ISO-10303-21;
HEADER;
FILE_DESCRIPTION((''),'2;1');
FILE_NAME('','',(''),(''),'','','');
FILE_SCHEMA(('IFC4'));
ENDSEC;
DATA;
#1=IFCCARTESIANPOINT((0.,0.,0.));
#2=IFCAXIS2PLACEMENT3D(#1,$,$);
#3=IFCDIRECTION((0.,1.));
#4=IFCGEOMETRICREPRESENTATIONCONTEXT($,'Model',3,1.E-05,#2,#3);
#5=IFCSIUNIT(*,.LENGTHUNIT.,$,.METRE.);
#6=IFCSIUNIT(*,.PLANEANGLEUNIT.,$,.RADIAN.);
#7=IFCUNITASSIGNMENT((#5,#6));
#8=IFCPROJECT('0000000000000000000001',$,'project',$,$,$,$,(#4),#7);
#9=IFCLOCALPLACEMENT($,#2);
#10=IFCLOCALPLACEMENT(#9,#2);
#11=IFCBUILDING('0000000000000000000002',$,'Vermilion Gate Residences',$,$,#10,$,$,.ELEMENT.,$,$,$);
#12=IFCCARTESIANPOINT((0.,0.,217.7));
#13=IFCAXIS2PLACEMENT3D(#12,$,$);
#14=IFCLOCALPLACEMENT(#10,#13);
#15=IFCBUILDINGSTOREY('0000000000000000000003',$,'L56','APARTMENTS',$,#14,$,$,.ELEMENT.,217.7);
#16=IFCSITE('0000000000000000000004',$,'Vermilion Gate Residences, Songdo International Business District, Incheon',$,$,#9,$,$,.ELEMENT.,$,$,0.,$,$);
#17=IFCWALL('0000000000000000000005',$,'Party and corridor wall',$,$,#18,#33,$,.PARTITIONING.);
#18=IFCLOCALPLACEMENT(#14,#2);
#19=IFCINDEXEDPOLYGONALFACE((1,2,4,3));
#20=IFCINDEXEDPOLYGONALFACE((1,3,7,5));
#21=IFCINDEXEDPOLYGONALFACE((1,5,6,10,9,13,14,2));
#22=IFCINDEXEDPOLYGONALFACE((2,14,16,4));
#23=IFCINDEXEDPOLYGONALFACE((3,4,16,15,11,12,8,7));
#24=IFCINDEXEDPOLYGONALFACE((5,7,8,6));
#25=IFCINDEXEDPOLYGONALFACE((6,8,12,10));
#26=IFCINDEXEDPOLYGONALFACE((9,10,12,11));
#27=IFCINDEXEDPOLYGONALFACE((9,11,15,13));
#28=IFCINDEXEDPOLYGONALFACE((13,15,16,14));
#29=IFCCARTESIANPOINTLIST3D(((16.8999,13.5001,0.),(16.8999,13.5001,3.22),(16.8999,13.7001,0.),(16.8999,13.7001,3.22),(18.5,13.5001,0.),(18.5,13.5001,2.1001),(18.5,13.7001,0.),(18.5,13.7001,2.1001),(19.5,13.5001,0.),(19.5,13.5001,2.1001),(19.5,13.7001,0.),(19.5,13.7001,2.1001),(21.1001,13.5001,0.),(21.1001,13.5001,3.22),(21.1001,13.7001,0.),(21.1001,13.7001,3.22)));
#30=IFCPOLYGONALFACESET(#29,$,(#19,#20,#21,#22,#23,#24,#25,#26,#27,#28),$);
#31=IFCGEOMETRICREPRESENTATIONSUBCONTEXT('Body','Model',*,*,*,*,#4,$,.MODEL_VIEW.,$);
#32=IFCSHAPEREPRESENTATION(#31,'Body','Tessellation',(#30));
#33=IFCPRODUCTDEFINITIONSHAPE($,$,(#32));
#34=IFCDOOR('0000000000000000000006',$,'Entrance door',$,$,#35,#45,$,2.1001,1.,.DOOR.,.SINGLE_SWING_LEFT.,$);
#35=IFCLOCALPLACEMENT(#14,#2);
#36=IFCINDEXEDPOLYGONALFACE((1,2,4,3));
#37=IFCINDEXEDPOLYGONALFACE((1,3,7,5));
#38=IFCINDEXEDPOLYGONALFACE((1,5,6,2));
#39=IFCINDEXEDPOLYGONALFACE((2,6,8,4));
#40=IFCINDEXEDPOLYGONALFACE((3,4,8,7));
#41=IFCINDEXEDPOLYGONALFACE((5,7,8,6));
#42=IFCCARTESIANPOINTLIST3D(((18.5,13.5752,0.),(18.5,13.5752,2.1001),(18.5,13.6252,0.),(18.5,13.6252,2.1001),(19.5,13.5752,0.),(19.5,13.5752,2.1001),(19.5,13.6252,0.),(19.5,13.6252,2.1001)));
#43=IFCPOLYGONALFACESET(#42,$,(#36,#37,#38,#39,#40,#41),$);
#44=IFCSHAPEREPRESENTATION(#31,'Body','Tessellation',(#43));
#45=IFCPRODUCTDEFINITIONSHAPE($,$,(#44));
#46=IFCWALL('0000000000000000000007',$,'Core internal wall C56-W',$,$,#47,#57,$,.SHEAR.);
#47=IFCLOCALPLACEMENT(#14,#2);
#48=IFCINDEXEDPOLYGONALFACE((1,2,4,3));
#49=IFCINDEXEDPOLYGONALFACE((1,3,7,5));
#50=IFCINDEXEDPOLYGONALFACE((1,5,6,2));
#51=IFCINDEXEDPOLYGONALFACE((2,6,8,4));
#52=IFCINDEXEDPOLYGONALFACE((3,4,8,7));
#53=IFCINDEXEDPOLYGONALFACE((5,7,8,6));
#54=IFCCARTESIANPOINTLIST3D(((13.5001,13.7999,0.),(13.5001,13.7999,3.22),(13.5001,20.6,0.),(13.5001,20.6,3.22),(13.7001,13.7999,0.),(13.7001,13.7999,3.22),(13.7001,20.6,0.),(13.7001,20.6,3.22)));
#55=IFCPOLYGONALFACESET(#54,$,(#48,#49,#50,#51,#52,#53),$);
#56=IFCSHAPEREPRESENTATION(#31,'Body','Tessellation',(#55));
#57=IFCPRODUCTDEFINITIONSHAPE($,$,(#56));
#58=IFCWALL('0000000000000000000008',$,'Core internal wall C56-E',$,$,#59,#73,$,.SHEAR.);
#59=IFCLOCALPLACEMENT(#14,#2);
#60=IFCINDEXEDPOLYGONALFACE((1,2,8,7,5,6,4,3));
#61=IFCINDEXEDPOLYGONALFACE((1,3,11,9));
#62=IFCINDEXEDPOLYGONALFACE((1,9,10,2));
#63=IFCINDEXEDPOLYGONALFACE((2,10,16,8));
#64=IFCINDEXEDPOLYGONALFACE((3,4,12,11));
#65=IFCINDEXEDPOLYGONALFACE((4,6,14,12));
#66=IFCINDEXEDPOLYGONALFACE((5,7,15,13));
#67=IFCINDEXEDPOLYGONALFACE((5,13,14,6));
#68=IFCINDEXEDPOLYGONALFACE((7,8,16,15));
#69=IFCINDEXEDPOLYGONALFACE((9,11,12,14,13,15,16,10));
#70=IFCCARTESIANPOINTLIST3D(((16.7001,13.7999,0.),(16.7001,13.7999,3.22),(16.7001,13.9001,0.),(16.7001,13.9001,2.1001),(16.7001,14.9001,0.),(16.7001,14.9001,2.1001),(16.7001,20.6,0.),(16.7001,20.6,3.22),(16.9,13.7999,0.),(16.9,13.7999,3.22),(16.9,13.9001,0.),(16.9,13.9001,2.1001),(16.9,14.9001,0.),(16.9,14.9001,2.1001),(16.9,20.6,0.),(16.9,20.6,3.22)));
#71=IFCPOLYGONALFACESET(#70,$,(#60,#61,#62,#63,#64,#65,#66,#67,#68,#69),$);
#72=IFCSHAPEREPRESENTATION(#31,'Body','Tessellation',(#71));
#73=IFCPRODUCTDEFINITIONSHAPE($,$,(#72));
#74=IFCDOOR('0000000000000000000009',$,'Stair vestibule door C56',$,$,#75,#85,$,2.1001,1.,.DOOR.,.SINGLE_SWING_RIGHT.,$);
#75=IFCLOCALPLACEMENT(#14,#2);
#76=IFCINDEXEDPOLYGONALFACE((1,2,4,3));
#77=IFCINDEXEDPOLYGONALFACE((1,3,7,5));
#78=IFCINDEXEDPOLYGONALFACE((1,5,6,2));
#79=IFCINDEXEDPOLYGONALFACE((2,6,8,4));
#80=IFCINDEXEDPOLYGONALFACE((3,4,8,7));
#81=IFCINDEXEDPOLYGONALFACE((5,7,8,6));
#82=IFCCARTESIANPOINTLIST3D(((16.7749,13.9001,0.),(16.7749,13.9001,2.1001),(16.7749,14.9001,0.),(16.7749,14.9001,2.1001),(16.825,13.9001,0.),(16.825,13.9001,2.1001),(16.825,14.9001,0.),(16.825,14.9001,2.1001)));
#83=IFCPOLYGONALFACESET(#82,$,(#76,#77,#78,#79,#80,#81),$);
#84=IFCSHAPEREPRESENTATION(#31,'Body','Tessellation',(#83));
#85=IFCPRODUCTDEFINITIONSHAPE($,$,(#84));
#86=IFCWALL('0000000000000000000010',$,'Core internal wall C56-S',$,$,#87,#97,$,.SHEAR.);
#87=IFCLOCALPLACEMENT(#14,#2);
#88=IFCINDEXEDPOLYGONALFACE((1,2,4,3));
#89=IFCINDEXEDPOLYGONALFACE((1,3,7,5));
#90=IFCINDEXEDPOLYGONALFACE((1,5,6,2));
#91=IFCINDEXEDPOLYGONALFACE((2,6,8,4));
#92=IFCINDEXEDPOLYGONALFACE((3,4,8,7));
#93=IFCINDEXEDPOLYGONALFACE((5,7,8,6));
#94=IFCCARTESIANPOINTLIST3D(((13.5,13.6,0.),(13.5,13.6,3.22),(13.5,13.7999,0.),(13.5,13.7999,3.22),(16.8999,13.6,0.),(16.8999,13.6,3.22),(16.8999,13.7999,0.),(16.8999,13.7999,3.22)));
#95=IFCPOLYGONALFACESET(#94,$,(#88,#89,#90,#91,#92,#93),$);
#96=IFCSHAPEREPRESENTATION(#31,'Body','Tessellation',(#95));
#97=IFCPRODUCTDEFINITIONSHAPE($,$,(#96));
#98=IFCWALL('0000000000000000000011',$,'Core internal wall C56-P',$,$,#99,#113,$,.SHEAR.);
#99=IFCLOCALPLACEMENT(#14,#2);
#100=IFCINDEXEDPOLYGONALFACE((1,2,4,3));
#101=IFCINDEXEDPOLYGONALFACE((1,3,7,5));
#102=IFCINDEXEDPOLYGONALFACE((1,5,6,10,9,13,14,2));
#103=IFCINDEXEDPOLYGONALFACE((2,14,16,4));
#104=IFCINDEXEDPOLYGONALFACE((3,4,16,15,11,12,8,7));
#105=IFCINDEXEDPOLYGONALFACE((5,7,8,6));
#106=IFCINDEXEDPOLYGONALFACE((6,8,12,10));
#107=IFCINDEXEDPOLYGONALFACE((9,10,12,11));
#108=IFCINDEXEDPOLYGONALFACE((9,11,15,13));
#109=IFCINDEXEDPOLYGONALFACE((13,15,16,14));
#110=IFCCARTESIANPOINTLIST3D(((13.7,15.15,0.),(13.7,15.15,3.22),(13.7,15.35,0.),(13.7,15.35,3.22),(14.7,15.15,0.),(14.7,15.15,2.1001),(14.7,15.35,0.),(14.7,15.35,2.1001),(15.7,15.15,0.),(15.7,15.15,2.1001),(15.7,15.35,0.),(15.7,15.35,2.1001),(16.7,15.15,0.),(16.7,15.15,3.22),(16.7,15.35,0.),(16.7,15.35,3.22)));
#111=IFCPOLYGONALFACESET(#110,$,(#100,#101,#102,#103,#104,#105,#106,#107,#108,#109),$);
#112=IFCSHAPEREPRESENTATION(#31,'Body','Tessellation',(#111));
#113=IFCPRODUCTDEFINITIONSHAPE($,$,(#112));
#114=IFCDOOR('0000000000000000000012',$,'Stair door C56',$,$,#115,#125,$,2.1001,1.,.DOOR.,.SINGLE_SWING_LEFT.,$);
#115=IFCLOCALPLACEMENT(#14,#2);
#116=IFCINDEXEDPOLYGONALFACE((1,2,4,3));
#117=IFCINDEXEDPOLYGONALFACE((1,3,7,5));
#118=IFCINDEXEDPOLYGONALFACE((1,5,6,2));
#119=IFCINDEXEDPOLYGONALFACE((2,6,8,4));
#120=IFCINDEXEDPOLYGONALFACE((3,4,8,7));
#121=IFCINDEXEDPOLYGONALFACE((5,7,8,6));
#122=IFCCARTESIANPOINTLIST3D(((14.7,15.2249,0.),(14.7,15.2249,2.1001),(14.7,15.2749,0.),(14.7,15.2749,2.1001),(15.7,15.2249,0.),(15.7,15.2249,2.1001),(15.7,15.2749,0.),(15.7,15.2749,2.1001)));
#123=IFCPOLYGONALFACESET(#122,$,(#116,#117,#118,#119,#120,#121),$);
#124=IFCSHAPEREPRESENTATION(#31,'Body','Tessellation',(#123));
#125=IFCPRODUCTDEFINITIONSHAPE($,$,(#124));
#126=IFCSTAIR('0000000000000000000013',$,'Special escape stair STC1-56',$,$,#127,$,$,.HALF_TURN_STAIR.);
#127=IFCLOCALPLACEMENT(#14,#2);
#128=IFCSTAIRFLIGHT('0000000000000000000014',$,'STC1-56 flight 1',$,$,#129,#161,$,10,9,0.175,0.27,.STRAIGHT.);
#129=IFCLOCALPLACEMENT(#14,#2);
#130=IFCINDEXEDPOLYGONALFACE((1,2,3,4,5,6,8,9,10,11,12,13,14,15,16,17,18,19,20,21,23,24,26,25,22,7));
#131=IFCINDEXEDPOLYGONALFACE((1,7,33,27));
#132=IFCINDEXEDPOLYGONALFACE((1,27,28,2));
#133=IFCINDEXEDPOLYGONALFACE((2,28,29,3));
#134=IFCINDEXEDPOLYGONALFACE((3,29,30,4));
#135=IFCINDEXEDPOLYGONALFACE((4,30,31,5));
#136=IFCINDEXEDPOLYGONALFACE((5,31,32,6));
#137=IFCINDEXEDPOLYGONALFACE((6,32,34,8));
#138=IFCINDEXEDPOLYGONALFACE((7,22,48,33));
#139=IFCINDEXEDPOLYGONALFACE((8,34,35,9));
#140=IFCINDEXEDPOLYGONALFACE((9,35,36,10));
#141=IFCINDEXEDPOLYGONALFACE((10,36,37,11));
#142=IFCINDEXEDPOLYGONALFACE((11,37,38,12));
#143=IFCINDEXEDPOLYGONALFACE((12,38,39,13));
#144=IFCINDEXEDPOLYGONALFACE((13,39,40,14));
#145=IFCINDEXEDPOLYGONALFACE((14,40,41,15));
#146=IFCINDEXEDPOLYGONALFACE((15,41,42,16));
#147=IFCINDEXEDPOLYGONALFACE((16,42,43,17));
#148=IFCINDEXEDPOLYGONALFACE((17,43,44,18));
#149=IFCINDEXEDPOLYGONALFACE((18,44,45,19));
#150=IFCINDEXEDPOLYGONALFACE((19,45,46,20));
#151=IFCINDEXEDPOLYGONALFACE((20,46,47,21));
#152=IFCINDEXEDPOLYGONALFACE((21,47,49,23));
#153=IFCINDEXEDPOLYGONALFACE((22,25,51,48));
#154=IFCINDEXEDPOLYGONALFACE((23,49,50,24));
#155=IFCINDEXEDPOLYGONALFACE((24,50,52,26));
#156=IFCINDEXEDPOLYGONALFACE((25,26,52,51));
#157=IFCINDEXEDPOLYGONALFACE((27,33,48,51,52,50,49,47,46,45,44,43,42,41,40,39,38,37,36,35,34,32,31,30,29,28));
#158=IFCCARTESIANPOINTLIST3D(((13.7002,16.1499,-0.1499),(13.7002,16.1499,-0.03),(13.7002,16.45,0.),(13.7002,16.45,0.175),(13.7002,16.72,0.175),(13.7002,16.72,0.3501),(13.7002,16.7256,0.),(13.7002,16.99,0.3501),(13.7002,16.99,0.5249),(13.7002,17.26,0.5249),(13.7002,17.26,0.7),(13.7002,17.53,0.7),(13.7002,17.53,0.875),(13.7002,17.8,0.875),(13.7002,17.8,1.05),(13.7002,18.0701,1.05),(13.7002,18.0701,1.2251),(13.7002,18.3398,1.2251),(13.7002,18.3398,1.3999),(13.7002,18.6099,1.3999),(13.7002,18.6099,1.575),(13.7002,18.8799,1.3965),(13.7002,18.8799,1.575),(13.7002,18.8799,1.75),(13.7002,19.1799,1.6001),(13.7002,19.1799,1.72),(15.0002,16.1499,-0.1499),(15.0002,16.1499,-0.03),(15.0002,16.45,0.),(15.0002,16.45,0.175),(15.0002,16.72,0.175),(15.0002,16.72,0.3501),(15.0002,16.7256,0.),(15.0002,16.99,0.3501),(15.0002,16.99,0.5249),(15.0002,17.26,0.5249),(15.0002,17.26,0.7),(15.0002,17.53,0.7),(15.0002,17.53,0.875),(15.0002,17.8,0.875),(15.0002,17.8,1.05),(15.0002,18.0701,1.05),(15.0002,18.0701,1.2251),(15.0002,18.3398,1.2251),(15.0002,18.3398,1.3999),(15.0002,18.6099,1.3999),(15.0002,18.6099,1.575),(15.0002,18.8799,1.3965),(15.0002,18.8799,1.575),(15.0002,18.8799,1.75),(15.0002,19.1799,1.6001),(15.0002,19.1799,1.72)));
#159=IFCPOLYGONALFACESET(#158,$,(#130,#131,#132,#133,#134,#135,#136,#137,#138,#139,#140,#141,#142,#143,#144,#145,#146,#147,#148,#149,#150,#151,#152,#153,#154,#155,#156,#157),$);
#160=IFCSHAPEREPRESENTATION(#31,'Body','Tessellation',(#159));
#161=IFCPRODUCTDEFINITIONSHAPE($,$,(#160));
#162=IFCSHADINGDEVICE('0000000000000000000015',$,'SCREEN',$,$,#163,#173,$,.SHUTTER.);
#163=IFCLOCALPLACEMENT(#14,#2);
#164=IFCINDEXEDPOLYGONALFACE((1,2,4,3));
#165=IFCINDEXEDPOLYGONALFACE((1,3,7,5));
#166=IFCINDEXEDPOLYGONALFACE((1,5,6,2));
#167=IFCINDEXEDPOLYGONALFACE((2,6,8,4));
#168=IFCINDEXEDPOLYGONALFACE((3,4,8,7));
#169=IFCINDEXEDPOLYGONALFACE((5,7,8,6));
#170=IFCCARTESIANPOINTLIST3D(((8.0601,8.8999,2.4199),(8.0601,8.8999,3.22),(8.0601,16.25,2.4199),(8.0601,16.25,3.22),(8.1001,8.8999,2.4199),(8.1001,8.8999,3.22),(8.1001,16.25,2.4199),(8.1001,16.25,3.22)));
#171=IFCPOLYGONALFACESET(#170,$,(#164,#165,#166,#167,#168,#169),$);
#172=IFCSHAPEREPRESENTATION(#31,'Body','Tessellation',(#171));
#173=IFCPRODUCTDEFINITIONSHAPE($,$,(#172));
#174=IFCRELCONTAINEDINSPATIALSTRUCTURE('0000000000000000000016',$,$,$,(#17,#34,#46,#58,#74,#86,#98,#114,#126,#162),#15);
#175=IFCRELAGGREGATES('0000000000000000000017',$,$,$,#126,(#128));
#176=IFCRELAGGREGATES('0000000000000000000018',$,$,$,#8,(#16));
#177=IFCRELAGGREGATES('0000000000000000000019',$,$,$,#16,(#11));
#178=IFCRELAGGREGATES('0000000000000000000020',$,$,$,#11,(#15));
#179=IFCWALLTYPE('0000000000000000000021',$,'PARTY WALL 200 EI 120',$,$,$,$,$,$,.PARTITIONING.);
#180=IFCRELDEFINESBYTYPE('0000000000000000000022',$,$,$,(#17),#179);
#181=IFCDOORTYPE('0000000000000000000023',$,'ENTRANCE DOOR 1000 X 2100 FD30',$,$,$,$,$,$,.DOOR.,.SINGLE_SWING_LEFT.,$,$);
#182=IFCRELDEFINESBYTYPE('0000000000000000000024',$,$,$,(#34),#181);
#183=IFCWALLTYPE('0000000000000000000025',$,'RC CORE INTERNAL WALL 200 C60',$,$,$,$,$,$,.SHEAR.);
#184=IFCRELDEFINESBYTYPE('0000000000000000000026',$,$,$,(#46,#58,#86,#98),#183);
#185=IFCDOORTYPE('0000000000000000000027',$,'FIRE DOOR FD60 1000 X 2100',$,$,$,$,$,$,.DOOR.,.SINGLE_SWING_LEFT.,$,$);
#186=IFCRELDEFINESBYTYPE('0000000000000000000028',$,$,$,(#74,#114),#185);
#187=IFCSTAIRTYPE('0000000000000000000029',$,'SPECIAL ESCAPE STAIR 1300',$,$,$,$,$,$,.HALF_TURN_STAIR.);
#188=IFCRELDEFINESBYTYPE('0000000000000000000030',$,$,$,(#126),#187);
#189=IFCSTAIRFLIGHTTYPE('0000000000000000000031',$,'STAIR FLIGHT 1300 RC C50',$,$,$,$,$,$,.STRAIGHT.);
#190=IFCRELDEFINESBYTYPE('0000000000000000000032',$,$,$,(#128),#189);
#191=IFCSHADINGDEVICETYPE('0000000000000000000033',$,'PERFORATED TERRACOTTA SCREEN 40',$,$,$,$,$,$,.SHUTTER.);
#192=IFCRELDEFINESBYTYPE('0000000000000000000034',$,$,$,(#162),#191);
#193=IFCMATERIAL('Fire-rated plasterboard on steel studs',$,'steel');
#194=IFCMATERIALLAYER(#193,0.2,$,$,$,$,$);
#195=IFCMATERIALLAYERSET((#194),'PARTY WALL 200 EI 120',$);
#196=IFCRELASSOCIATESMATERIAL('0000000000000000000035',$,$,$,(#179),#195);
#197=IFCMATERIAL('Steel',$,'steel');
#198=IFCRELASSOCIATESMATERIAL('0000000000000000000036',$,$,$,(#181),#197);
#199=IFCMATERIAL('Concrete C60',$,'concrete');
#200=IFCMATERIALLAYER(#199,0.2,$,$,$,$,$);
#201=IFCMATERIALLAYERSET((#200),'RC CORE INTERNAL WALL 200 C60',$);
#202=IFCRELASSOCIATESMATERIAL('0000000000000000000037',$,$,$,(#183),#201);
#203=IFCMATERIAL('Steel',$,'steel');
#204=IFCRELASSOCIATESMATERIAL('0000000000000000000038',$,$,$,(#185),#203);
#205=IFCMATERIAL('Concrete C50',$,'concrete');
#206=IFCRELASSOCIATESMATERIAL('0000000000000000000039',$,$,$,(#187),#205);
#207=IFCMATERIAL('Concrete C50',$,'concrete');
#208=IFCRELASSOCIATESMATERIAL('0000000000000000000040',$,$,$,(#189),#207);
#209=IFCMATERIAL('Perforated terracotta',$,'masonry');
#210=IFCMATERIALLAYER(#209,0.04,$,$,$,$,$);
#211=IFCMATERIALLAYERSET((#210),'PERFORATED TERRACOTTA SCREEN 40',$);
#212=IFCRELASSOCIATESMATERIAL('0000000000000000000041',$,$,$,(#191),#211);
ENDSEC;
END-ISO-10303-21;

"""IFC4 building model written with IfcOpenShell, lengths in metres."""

from ifc_helpers import new_model, si_unit, direction, frame, frame_2d, origin, origin_2d, place, context, subcontext, project, spatial, polyline, rectangle, outline, extrude, material, layer, layer_set, type_object, element, fill, aggregate, save


model = new_model("IFC4")

# Units and contexts
model_context = context("Model", 3, precision=1e-05, world=origin(), true_north=direction((0.0, 1.0)))
body_context = subcontext(model_context, "Body", "Model", "MODEL_VIEW")
ifc_project = project(units=[si_unit("LENGTHUNIT", "METRE"), si_unit("PLANEANGLEUNIT", "RADIAN")], contexts=[model_context])

# Site, building, storey
site_placement = place(None, origin())
site = spatial("IfcSite", under=ifc_project, at=site_placement, Name="Vermilion Gate Residences, Songdo International Business District, Incheon", CompositionType="ELEMENT", RefElevation=0.0)
building_placement = place(site_placement, origin())
building = spatial("IfcBuilding", under=site, at=building_placement, Name="Vermilion Gate Residences", CompositionType="ELEMENT")
storey_placement = place(building_placement, frame((0.0, 0.0, 217.7)))
storey = spatial("IfcBuildingStorey", under=building, at=storey_placement, Name="L56", Description="APARTMENTS", CompositionType="ELEMENT", Elevation=217.7)

# Wall, opening, door
ifc_material_1 = material(Name="Fire-rated plasterboard on steel studs", Category="steel")
ifc_layer_1 = layer(ifc_material_1, 0.2)
ifc_layer_set_1 = layer_set([ifc_layer_1], Name="PARTY WALL 200 EI 120")
wall_type_1 = type_object("IfcWallType", Name="PARTY WALL 200 EI 120", PredefinedType="PARTITIONING", material=ifc_layer_set_1)
wall_1_placement = place(storey_placement, frame((16.8999, 13.6001, 0.0), z_axis=(0.0, 0.0, 1.0), x_axis=(1.0, 0.0, 0.0)))
wall_1 = element("IfcWall", 1, at=wall_1_placement, inside=storey, type_object=wall_type_1, Name="Party and corridor wall", PredefinedType="PARTITIONING", context=body_context, shape_type="SweptSolid", body=[
    extrude(rectangle(XDim=4.2002, YDim=0.2, at=frame_2d((2.1001, 0.0))), origin(), (0.0, 0.0, 1.0), 3.22),
])
opening_1_placement = place(wall_1_placement, frame((1.6001, 0.0, 0.0)))
opening_1 = element("IfcOpeningElement", 2, at=opening_1_placement, cuts=wall_1, PredefinedType="OPENING", context=body_context, shape_type="SweptSolid", body=[
    extrude(rectangle(XDim=1.0, YDim=2.1001, at=frame_2d((0.5, 1.05))), frame((0.0, 0.1099, 0.0), z_axis=(0.0, -1.0, 0.0), x_axis=(1.0, 0.0, 0.0)), (0.0, 0.0, 1.0), 0.22),
])
ifc_material_2 = material(Name="Steel", Category="steel")
door_type_1 = type_object("IfcDoorType", Name="ENTRANCE DOOR 1000 X 2100 FD30", OperationType="SINGLE_SWING_LEFT", PredefinedType="DOOR", material=ifc_material_2)
door_1_placement = place(opening_1_placement, frame((1.0, 0.0, 0.0), z_axis=(0.0, 0.0, 1.0), x_axis=(-1.0, 0.0, 0.0)))
door_1 = element("IfcDoor", 3, at=door_1_placement, inside=storey, type_object=door_type_1, Name="Entrance door", OperationType="SINGLE_SWING_LEFT", OverallHeight=2.1001, OverallWidth=1.0, PredefinedType="DOOR", context=body_context, shape_type="SweptSolid", body=[
    extrude(rectangle(XDim=1.0, YDim=2.1001, at=frame_2d((0.5, 1.05))), frame((0.0, 0.0249, 0.0), z_axis=(0.0, -1.0, 0.0), x_axis=(1.0, 0.0, 0.0)), (0.0, 0.0, 1.0), 0.05),
])
fill(opening_1, door_1)

# Wall
ifc_material_3 = material(Name="Concrete C60", Category="concrete")
ifc_layer_2 = layer(ifc_material_3, 0.2)
ifc_layer_set_2 = layer_set([ifc_layer_2], Name="RC CORE INTERNAL WALL 200 C60")
wall_type_2 = type_object("IfcWallType", Name="RC CORE INTERNAL WALL 200 C60", PredefinedType="SHEAR", material=ifc_layer_set_2)
wall_2_placement = place(storey_placement, frame((13.6001, 13.8, 0.0), z_axis=(0.0, 0.0, 1.0), x_axis=(0.0, 1.0, 0.0)))
element("IfcWall", 4, at=wall_2_placement, inside=storey, type_object=wall_type_2, Name="Core internal wall C56-W", PredefinedType="SHEAR", context=body_context, shape_type="SweptSolid", body=[
    extrude(rectangle(XDim=6.8, YDim=0.2, at=frame_2d((3.3999, 0.0))), origin(), (0.0, 0.0, 1.0), 3.22),
])

# Wall, opening, door
wall_3_placement = place(storey_placement, frame((16.8, 13.8, 0.0), z_axis=(0.0, 0.0, 1.0), x_axis=(0.0, 1.0, 0.0)))
wall_3 = element("IfcWall", 5, at=wall_3_placement, inside=storey, type_object=wall_type_2, Name="Core internal wall C56-E", PredefinedType="SHEAR", context=body_context, shape_type="SweptSolid", body=[
    extrude(rectangle(XDim=6.8, YDim=0.2, at=frame_2d((3.3999, 0.0))), origin(), (0.0, 0.0, 1.0), 3.22),
])
opening_2_placement = place(wall_3_placement, frame((0.1001, 0.0, 0.0)))
opening_2 = element("IfcOpeningElement", 6, at=opening_2_placement, cuts=wall_3, PredefinedType="OPENING", context=body_context, shape_type="SweptSolid", body=[
    extrude(rectangle(XDim=1.0, YDim=2.1001, at=frame_2d((0.5, 1.05))), frame((0.0, 0.1099, 0.0), z_axis=(0.0, -1.0, 0.0), x_axis=(1.0, 0.0, 0.0)), (0.0, 0.0, 1.0), 0.22),
])
ifc_material_4 = material(Name="Steel", Category="steel")
door_type_2 = type_object("IfcDoorType", Name="FIRE DOOR FD60 1000 X 2100", OperationType="SINGLE_SWING_LEFT", PredefinedType="DOOR", material=ifc_material_4)
door_2_placement = place(opening_2_placement, frame((1.0, 0.0, 0.0), z_axis=(0.0, 0.0, 1.0), x_axis=(-1.0, 0.0, 0.0)))
door_2 = element("IfcDoor", 7, at=door_2_placement, inside=storey, type_object=door_type_2, Name="Stair vestibule door C56", OperationType="SINGLE_SWING_RIGHT", OverallHeight=2.1001, OverallWidth=1.0, PredefinedType="DOOR", context=body_context, shape_type="SweptSolid", body=[
    extrude(rectangle(XDim=1.0, YDim=2.1001, at=frame_2d((0.5, 1.05))), frame((0.0, 0.0249, 0.0), z_axis=(0.0, -1.0, 0.0), x_axis=(1.0, 0.0, 0.0)), (0.0, 0.0, 1.0), 0.05),
])
fill(opening_2, door_2)

# Wall
wall_4_placement = place(storey_placement, frame((13.5, 13.7, 0.0), z_axis=(0.0, 0.0, 1.0), x_axis=(1.0, 0.0, 0.0)))
element("IfcWall", 8, at=wall_4_placement, inside=storey, type_object=wall_type_2, Name="Core internal wall C56-S", PredefinedType="SHEAR", context=body_context, shape_type="SweptSolid", body=[
    extrude(rectangle(XDim=3.3999, YDim=0.2, at=frame_2d((1.7, 0.0))), origin(), (0.0, 0.0, 1.0), 3.22),
])

# Wall, opening, door
wall_5_placement = place(storey_placement, frame((13.7, 15.25, 0.0), z_axis=(0.0, 0.0, 1.0), x_axis=(1.0, 0.0, 0.0)))
wall_5 = element("IfcWall", 9, at=wall_5_placement, inside=storey, type_object=wall_type_2, Name="Core internal wall C56-P", PredefinedType="SHEAR", context=body_context, shape_type="SweptSolid", body=[
    extrude(rectangle(XDim=3.0, YDim=0.2, at=frame_2d((1.5, 0.0))), origin(), (0.0, 0.0, 1.0), 3.22),
])
opening_3_placement = place(wall_5_placement, frame((1.0, 0.0, 0.0)))
opening_3 = element("IfcOpeningElement", 10, at=opening_3_placement, cuts=wall_5, PredefinedType="OPENING", context=body_context, shape_type="SweptSolid", body=[
    extrude(rectangle(XDim=1.0, YDim=2.1001, at=frame_2d((0.5, 1.05))), frame((0.0, 0.1099, 0.0), z_axis=(0.0, -1.0, 0.0), x_axis=(1.0, 0.0, 0.0)), (0.0, 0.0, 1.0), 0.22),
])
door_3_placement = place(opening_3_placement, origin())
door_3 = element("IfcDoor", 11, at=door_3_placement, inside=storey, type_object=door_type_2, Name="Stair door C56", OperationType="SINGLE_SWING_LEFT", OverallHeight=2.1001, OverallWidth=1.0, PredefinedType="DOOR", context=body_context, shape_type="SweptSolid", body=[
    extrude(rectangle(XDim=1.0, YDim=2.1001, at=frame_2d((0.5, 1.05))), frame((0.0, 0.0249, 0.0), z_axis=(0.0, -1.0, 0.0), x_axis=(1.0, 0.0, 0.0)), (0.0, 0.0, 1.0), 0.05),
])
fill(opening_3, door_3)

# Stair, stair flight
ifc_material_5 = material(Name="Concrete C50", Category="concrete")
stair_type = type_object("IfcStairType", Name="SPECIAL ESCAPE STAIR 1300", PredefinedType="HALF_TURN_STAIR", material=ifc_material_5)
stair_placement = place(storey_placement, origin())
stair = element("IfcStair", 12, at=stair_placement, inside=storey, type_object=stair_type, Name="Special escape stair STC1-56", PredefinedType="HALF_TURN_STAIR")
ifc_material_6 = material(Name="Concrete C50", Category="concrete")
stair_flight_type = type_object("IfcStairFlightType", Name="STAIR FLIGHT 1300 RC C50", PredefinedType="STRAIGHT", material=ifc_material_6)
stair_flight_placement = place(storey_placement, frame((14.3501, 16.45, 0.0), z_axis=(0.0, 0.0, 1.0), x_axis=(0.0, 1.0, 0.0)))
stair_flight = element("IfcStairFlight", 13, at=stair_flight_placement, type_object=stair_flight_type, Name="STC1-56 flight 1", NumberOfRisers=10, NumberOfTreads=9, PredefinedType="STRAIGHT", RiserHeight=0.175, TreadLength=0.27, context=body_context, shape_type="SweptSolid", body=[
    extrude(outline(polyline([(-0.3, -0.1499), (-0.3, -0.03), (0.0, 0.0), (0.0, 0.175), (0.27, 0.175), (0.27, 0.3501), (0.54, 0.3501), (0.54, 0.5249), (0.8101, 0.5249), (0.8101, 0.7), (1.0801, 0.7), (1.0801, 0.875), (1.3501, 0.875), (1.3501, 1.05), (1.6201, 1.05), (1.6201, 1.2251), (1.8899, 1.2251), (1.8899, 1.3999), (2.1599, 1.3999), (2.1599, 1.575), (2.4299, 1.575), (2.4299, 1.75), (2.73, 1.72), (2.73, 1.6001), (2.4299, 1.3965), (0.2756, 0.0), (-0.3, -0.1499)])), frame((0.0, 0.6499, 0.0), z_axis=(0.0, -1.0, 0.0), x_axis=(1.0, 0.0, 0.0)), (0.0, 0.0, 1.0), 1.3),
])
aggregate(stair, [stair_flight])

# Shading device
ifc_material_7 = material(Name="Perforated terracotta", Category="masonry")
ifc_layer_3 = layer(ifc_material_7, 0.04)
ifc_layer_set_3 = layer_set([ifc_layer_3], Name="PERFORATED TERRACOTTA SCREEN 40")
shading_device_type_1 = type_object("IfcShadingDeviceType", Name="PERFORATED TERRACOTTA SCREEN 40", PredefinedType="SHUTTER", material=ifc_layer_set_3)
shading_device_1_placement = place(storey_placement, frame((8.0801, 12.575, 2.4199), z_axis=(0.0, 0.0, 1.0), x_axis=(0.0, -1.0, 0.0)))
element("IfcShadingDevice", 14, at=shading_device_1_placement, inside=storey, type_object=shading_device_type_1, Name="SCREEN", PredefinedType="SHUTTER", context=body_context, shape_type="SweptSolid", body=[
    extrude(rectangle(XDim=7.3501, YDim=0.04, at=origin_2d()), origin(), (0.0, 0.0, 1.0), 0.8),
])

save(model, "model.ifc")
